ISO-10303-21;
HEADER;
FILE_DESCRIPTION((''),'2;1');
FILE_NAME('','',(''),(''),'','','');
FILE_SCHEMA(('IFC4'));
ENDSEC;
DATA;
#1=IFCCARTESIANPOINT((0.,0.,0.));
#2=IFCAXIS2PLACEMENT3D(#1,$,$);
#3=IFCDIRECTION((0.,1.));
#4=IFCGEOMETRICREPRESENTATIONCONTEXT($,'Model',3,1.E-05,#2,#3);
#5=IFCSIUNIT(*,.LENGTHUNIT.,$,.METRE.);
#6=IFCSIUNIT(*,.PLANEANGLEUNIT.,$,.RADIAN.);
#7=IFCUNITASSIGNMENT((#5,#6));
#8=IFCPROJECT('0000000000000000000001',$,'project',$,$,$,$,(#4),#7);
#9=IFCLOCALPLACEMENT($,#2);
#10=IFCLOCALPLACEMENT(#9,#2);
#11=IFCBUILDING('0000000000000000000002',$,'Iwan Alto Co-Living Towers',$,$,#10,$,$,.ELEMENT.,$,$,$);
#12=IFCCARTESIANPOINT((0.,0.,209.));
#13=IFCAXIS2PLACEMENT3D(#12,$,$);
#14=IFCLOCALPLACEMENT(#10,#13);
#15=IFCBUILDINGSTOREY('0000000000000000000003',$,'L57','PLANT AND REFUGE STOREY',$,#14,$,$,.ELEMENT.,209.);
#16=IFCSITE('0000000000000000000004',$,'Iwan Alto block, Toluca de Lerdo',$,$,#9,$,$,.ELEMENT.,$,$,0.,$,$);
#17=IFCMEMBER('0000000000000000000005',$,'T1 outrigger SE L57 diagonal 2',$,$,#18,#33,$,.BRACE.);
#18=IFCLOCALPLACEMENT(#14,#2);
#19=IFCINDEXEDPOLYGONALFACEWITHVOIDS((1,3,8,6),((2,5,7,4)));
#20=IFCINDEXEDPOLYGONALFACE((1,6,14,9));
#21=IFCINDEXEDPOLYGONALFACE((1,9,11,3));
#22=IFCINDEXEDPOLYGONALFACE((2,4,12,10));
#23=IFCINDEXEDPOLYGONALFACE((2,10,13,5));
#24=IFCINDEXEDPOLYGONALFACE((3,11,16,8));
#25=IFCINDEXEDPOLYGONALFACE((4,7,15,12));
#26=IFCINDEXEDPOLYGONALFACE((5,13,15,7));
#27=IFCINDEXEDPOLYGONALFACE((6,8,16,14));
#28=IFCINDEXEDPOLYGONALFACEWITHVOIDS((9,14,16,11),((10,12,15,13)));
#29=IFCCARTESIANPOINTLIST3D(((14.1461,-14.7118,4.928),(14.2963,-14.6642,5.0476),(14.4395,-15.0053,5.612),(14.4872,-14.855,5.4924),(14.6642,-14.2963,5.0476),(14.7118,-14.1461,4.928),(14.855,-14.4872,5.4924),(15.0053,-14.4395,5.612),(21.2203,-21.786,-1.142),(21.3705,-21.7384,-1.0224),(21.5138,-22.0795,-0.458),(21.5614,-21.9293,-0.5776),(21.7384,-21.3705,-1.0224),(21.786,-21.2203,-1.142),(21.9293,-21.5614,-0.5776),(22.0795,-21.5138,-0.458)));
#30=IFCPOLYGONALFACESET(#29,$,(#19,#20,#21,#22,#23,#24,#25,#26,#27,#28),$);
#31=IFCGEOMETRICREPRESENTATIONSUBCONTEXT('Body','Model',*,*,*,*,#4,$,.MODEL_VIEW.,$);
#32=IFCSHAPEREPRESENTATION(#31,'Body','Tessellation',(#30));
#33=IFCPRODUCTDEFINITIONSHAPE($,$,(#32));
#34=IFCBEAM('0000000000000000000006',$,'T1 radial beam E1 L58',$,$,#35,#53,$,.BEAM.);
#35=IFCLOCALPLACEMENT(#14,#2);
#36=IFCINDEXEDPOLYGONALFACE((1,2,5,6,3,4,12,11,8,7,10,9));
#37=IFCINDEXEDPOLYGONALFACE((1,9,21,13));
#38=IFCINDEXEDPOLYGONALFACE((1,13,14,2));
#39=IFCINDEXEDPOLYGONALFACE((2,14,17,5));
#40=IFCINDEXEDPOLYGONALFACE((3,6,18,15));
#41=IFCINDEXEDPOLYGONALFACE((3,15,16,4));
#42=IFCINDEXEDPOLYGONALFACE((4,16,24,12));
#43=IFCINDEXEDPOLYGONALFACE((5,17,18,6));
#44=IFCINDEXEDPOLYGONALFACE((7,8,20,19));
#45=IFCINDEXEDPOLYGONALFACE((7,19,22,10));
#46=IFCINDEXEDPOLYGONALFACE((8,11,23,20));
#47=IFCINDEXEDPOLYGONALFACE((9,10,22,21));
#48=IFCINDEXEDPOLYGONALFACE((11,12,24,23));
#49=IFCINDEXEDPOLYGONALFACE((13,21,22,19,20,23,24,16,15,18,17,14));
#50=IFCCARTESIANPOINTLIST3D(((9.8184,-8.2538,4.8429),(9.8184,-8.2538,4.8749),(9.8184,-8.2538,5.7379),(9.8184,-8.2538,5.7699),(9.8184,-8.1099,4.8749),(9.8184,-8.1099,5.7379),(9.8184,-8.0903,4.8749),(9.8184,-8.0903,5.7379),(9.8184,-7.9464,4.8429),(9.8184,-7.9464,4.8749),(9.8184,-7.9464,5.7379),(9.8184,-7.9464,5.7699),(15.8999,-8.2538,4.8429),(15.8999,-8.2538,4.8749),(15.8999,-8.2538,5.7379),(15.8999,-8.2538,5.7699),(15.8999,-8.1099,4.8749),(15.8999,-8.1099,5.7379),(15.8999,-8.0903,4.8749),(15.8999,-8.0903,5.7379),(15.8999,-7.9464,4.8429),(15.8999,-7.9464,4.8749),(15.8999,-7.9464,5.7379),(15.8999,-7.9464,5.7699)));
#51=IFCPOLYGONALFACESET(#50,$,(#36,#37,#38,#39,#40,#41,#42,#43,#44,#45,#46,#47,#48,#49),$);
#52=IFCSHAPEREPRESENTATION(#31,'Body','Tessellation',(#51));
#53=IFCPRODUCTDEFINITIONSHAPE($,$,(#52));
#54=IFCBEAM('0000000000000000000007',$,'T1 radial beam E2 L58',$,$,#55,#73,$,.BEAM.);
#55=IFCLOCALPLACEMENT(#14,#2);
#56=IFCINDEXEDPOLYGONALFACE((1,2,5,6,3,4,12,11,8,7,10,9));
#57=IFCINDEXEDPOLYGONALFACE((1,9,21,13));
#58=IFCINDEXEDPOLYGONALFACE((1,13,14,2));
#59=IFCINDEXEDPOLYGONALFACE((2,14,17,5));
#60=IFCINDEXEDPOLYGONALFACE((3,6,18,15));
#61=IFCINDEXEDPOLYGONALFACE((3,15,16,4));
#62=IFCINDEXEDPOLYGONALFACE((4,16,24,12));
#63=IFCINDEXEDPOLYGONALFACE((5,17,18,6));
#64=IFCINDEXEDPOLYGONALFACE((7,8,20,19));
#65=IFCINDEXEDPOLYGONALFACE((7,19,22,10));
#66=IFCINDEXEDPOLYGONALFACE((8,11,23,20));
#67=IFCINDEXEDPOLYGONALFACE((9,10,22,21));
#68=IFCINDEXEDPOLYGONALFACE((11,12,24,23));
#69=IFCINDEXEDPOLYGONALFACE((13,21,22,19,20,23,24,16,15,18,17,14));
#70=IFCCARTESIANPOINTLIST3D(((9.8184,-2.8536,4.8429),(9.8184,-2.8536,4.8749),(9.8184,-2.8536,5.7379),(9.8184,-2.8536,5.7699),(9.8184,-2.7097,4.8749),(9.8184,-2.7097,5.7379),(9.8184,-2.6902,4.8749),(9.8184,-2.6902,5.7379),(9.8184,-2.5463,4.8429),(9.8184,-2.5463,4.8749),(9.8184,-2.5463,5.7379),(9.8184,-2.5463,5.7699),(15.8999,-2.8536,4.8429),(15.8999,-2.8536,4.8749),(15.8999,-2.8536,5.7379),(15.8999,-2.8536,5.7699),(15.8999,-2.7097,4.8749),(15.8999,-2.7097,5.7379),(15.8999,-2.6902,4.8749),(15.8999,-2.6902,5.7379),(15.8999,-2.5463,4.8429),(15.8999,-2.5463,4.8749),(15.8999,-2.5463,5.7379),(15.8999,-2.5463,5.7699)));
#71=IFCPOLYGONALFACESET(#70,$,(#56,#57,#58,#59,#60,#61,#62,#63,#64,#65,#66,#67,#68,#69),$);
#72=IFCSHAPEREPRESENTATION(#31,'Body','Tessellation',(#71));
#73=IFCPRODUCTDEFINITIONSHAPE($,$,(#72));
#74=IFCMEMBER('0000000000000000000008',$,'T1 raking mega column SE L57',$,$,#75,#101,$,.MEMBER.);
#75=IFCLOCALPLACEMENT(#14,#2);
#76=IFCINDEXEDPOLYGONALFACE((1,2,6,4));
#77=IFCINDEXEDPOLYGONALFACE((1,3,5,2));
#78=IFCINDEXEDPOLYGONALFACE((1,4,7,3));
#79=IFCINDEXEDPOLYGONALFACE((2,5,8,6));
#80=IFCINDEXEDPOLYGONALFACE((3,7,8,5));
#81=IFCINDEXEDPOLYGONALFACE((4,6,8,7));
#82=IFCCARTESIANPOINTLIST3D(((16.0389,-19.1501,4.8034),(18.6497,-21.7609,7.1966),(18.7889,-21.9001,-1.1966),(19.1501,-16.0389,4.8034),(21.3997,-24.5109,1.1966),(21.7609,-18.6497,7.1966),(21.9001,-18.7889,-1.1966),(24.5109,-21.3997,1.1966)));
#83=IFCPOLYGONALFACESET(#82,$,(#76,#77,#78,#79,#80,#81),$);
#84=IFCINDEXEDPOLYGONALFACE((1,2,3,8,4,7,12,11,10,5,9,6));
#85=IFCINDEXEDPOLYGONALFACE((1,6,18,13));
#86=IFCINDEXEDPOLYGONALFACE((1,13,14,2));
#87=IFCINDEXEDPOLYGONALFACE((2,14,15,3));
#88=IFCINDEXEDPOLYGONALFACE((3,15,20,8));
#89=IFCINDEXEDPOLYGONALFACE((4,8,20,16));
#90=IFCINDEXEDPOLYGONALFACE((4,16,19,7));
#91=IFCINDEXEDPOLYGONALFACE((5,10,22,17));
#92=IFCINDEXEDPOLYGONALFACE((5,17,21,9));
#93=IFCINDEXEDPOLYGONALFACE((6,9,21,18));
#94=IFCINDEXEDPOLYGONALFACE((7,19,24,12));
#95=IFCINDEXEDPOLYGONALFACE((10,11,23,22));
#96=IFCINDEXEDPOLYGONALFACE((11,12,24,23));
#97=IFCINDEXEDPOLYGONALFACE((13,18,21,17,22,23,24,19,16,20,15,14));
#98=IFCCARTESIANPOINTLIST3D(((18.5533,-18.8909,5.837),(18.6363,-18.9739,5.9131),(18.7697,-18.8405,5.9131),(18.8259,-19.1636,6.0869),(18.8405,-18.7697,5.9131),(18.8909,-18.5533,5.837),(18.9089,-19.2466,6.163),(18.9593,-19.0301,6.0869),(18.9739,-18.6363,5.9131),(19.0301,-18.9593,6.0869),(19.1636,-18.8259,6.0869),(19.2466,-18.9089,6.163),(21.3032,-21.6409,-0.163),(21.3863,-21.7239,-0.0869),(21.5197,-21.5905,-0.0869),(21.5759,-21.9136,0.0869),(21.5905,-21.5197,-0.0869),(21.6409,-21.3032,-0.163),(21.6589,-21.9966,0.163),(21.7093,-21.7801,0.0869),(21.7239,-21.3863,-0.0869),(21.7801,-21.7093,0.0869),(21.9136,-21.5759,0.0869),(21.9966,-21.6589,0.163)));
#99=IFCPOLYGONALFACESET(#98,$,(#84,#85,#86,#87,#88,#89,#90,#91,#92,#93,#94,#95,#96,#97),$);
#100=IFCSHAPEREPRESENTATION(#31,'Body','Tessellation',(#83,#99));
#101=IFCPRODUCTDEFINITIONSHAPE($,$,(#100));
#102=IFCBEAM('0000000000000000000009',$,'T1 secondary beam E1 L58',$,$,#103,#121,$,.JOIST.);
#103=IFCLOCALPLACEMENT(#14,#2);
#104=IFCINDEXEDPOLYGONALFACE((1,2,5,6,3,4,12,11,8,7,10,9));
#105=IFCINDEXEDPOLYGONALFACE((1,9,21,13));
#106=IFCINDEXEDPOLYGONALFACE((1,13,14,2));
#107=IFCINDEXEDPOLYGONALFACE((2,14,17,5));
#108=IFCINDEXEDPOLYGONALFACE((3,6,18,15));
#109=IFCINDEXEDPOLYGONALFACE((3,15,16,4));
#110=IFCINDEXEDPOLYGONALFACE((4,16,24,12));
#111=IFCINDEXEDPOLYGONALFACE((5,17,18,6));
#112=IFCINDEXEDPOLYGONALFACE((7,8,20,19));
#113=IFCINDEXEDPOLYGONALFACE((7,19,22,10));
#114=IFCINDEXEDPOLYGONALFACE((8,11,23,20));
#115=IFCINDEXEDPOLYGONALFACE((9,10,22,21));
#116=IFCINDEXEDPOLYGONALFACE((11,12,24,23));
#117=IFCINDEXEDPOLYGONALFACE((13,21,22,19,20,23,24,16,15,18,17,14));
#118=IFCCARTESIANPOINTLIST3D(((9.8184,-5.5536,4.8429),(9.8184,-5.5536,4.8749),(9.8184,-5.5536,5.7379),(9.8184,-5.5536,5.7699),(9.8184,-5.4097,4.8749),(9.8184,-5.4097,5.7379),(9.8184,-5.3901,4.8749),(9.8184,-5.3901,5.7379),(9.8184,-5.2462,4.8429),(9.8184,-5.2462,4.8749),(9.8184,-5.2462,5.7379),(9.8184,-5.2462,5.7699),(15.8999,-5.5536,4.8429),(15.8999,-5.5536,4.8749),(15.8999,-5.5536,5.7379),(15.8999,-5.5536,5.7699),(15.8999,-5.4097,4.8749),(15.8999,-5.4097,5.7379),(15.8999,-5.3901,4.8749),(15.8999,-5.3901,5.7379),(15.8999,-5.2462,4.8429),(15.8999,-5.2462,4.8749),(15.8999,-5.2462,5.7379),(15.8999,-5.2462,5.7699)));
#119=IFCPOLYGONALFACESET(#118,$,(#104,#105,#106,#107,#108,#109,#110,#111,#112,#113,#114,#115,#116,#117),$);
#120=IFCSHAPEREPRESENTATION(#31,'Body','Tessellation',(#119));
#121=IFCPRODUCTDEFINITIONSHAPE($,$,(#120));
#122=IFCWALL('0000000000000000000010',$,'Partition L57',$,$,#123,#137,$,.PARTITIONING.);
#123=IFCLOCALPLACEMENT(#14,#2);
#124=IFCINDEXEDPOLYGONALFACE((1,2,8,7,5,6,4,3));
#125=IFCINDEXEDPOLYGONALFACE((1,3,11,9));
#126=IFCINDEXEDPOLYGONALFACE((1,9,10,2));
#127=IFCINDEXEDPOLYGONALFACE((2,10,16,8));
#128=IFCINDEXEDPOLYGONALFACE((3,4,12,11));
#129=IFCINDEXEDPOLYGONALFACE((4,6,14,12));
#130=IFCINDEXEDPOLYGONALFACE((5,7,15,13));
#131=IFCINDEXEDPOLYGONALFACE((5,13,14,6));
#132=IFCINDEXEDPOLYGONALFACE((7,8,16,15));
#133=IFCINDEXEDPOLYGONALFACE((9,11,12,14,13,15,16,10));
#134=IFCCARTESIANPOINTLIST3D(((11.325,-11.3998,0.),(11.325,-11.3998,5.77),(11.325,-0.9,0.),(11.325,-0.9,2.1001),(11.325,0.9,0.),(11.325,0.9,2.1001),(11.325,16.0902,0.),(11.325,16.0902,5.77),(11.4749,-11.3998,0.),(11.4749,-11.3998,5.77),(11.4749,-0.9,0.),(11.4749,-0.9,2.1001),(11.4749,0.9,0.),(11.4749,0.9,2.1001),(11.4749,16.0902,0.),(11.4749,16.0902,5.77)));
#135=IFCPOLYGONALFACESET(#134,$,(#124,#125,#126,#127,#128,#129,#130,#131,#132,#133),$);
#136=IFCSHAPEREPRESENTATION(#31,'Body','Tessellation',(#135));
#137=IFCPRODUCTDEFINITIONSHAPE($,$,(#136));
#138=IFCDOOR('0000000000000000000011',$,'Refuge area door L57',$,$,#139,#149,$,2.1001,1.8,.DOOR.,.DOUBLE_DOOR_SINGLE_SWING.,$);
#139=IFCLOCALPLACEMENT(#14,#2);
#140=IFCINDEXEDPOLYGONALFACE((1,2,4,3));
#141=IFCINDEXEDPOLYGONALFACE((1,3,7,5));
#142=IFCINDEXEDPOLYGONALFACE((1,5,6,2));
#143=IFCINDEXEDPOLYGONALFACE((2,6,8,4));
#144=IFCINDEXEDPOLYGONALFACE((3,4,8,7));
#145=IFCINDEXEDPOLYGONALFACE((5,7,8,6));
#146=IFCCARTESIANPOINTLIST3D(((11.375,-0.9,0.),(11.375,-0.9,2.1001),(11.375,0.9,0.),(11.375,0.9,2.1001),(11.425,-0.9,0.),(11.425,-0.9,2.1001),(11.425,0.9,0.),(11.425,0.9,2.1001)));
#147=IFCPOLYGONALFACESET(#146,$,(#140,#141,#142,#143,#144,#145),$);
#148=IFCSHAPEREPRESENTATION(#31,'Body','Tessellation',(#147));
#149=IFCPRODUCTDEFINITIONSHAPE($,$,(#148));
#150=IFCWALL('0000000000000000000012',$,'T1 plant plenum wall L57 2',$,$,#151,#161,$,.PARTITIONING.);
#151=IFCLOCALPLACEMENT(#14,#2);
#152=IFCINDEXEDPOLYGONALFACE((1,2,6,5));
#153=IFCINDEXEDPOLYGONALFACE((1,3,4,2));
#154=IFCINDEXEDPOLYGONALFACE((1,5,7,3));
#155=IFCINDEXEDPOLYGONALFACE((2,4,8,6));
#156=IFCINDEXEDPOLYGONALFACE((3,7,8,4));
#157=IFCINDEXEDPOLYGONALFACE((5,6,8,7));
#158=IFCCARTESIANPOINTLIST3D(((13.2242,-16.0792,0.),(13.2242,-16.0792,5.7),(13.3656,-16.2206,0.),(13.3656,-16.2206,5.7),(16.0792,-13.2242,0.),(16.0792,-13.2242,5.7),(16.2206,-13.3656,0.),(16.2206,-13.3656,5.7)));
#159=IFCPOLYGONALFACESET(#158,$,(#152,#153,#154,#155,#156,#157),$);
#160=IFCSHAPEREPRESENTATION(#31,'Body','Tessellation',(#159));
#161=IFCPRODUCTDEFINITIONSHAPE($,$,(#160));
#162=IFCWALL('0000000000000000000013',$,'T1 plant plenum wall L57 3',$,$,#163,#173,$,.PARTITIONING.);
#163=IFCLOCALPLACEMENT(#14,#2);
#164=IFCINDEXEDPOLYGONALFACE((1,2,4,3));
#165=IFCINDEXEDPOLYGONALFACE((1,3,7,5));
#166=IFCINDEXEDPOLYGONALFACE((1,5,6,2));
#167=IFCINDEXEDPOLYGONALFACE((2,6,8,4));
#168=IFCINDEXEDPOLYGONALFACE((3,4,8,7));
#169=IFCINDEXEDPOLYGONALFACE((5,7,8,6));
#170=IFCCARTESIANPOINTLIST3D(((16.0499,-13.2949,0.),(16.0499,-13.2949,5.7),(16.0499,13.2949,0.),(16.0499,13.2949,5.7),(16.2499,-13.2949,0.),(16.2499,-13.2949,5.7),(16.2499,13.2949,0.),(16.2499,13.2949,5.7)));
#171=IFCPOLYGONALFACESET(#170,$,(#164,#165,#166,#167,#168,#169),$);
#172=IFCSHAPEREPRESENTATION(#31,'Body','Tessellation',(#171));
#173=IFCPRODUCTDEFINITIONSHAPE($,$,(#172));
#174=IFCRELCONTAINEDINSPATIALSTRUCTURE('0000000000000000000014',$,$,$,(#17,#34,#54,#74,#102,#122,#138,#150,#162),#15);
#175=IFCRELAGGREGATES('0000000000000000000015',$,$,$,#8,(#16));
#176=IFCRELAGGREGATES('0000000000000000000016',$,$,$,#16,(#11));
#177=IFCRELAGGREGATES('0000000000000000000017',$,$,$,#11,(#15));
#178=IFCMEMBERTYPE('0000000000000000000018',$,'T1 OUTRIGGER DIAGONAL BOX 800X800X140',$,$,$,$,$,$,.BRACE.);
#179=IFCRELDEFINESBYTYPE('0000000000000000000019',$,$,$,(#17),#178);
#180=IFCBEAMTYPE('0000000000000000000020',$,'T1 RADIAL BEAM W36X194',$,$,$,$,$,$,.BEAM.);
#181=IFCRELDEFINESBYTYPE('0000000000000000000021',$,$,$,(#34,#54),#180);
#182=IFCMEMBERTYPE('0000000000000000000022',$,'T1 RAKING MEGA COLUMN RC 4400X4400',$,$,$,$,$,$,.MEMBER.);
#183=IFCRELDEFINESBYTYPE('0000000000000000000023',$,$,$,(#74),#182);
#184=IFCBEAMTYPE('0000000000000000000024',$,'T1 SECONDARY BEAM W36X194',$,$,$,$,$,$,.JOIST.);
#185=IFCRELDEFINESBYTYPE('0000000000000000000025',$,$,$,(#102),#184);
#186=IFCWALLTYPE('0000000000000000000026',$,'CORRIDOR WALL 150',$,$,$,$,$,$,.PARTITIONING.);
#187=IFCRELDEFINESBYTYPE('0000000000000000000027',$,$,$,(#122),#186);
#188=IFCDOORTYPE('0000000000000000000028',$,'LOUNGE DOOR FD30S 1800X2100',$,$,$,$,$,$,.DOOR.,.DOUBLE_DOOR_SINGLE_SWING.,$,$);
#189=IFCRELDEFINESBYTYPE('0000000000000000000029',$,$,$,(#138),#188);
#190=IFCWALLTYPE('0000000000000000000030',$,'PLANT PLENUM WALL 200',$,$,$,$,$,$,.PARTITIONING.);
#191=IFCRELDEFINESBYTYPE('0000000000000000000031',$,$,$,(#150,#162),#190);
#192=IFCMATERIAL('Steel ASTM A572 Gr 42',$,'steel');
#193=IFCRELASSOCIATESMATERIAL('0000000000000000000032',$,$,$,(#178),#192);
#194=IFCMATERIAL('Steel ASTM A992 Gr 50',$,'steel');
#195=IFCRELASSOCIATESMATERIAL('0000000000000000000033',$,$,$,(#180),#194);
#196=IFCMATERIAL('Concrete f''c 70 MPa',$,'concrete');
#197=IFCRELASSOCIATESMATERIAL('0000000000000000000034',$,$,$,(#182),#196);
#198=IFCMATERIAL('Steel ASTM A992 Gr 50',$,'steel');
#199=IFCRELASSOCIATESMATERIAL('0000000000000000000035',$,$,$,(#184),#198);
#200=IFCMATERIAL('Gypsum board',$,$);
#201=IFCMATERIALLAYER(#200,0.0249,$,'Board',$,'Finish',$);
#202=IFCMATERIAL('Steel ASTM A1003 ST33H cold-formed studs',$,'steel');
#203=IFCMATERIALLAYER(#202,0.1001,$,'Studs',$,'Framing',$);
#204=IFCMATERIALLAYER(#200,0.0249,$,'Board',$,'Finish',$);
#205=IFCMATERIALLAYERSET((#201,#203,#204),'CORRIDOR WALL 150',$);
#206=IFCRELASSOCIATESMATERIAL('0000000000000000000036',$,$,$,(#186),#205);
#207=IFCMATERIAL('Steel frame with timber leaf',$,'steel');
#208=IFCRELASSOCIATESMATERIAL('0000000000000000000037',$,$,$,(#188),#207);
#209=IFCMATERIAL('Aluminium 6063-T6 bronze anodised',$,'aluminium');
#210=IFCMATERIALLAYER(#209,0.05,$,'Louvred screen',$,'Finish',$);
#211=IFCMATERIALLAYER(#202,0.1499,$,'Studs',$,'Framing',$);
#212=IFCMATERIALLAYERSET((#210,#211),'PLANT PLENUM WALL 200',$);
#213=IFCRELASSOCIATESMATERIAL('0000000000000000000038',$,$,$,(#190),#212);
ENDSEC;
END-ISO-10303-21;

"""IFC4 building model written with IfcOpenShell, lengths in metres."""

from ifc_helpers import new_model, si_unit, direction, frame, frame_2d, origin, origin_2d, place, context, subcontext, project, spatial, rectangle, hollow_rectangle, i_section, extrude, material, layer, layer_set, material_profile, profile_set, type_object, element, fill, save


model = new_model("IFC4")

# Units and contexts
model_context = context("Model", 3, precision=1e-05, world=origin(), true_north=direction((0.0, 1.0)))
body_context = subcontext(model_context, "Body", "Model", "MODEL_VIEW")
ifc_project = project(units=[si_unit("LENGTHUNIT", "METRE"), si_unit("PLANEANGLEUNIT", "RADIAN")], contexts=[model_context])

# Site, building, storey
site_placement = place(None, origin())
site = spatial("IfcSite", under=ifc_project, at=site_placement, Name="Iwan Alto block, Toluca de Lerdo", CompositionType="ELEMENT", RefElevation=0.0)
building_placement = place(site_placement, origin())
building = spatial("IfcBuilding", under=site, at=building_placement, Name="Iwan Alto Co-Living Towers", CompositionType="ELEMENT")
storey_placement = place(building_placement, frame((0.0, 0.0, 209.0)))
storey = spatial("IfcBuildingStorey", under=building, at=storey_placement, Name="L57", Description="PLANT AND REFUGE STOREY", CompositionType="ELEMENT", Elevation=209.0)

# Member
ifc_material_1 = material(Name="Steel ASTM A572 Gr 42", Category="steel")
ifc_material_profile_1 = material_profile(ifc_material_1, hollow_rectangle(XDim=0.8, YDim=0.8, WallThickness=0.1399, at=origin_2d()), Name="BOX 800X800X140")
ifc_profile_set_1 = profile_set([ifc_material_profile_1], Name="Steel ASTM A572 Gr 42")
member_type_1 = type_object("IfcMemberType", Name="T1 OUTRIGGER DIAGONAL BOX 800X800X140", PredefinedType="BRACE", material=ifc_profile_set_1)
member_1_placement = place(storey_placement, frame((14.5757, -14.5757, 5.27), z_axis=(0.604535, -0.604535, -0.518724), x_axis=(0.707107, 0.707107, 0.0)))
element("IfcMember", 1, at=member_1_placement, inside=storey, type_object=member_type_1, Name="T1 outrigger SE L57 diagonal 2", PredefinedType="BRACE", context=body_context, shape_type="SweptSolid", body=[
    extrude(hollow_rectangle(XDim=0.8, YDim=0.8, WallThickness=0.1399, at=origin_2d()), origin(), (0.0, 0.0, 1.0), 11.7019),
])

# Beams
ifc_material_2 = material(Name="Steel ASTM A992 Gr 50", Category="steel")
ifc_material_profile_2 = material_profile(ifc_material_2, i_section(OverallWidth=0.3074, OverallDepth=0.927, WebThickness=0.0195, FlangeThickness=0.032, at=origin_2d()), Name="W36X194")
ifc_profile_set_2 = profile_set([ifc_material_profile_2], Name="Steel ASTM A992 Gr 50")
beam_type_1 = type_object("IfcBeamType", Name="T1 RADIAL BEAM W36X194", PredefinedType="BEAM", material=ifc_profile_set_2)
for number, where, z_axis, x_axis, name in (
    (2, (15.8999, -8.1001, 5.3064), (-1.0, 0.0, 0.0), (0.0, -1.0, 0.0), "T1 radial beam E1 L58"),
    (3, (15.8999, -2.7, 5.3064), (-1.0, 0.0, 0.0), (0.0, -1.0, 0.0), "T1 radial beam E2 L58"),
):
    element("IfcBeam", number, at=place(storey_placement, frame(where, z_axis=z_axis, x_axis=x_axis)), inside=storey, type_object=beam_type_1, Name=name, PredefinedType="BEAM", context=body_context, shape_type="SweptSolid", body=[
        extrude(i_section(OverallWidth=0.3074, OverallDepth=0.927, WebThickness=0.0195, FlangeThickness=0.032, at=origin_2d()), origin(), (0.0, 0.0, 1.0), 6.0815),
    ])

# Member
ifc_material_3 = material(Name="Concrete f'c 70 MPa", Category="concrete")
ifc_material_profile_3 = material_profile(ifc_material_3, rectangle(XDim=4.3999, YDim=4.3999, at=origin_2d()), Name="RC 4400X4400")
ifc_profile_set_3 = profile_set([ifc_material_profile_3], Name="Concrete f'c 70 MPa")
member_type_2 = type_object("IfcMemberType", Name="T1 RAKING MEGA COLUMN RC 4400X4400", PredefinedType="MEMBER", material=ifc_profile_set_3)
member_2_placement = place(storey_placement, frame((21.6499, -21.6499, 0.0), z_axis=(-0.384606, 0.384606, 0.83914), x_axis=(-0.707107, -0.707107, 0.0)))
element("IfcMember", 4, at=member_2_placement, inside=storey, type_object=member_type_2, Name="T1 raking mega column SE L57", PredefinedType="MEMBER", context=body_context, shape_type="SweptSolid", body=[
    extrude(rectangle(XDim=4.3999, YDim=4.3999, at=origin_2d()), origin(), (0.0, 0.0, 1.0), 7.1501),
    extrude(i_section(OverallWidth=0.4775, OverallDepth=0.5994, WebThickness=0.1001, FlangeThickness=0.1399, at=origin_2d()), origin(), (0.0, 0.0, 1.0), 7.1501),
])

# Beam
ifc_material_4 = material(Name="Steel ASTM A992 Gr 50", Category="steel")
ifc_material_profile_4 = material_profile(ifc_material_4, i_section(OverallWidth=0.3074, OverallDepth=0.927, WebThickness=0.0195, FlangeThickness=0.032, at=origin_2d()), Name="W36X194")
ifc_profile_set_4 = profile_set([ifc_material_profile_4], Name="Steel ASTM A992 Gr 50")
beam_type_2 = type_object("IfcBeamType", Name="T1 SECONDARY BEAM W36X194", PredefinedType="JOIST", material=ifc_profile_set_4)
beam_1_placement = place(storey_placement, frame((15.8999, -5.3999, 5.3064), z_axis=(-1.0, 0.0, 0.0), x_axis=(0.0, -1.0, 0.0)))
element("IfcBeam", 5, at=beam_1_placement, inside=storey, type_object=beam_type_2, Name="T1 secondary beam E1 L58", PredefinedType="JOIST", context=body_context, shape_type="SweptSolid", body=[
    extrude(i_section(OverallWidth=0.3074, OverallDepth=0.927, WebThickness=0.0195, FlangeThickness=0.032, at=origin_2d()), origin(), (0.0, 0.0, 1.0), 6.0815),
])

# Wall, opening, door
ifc_material_5 = material(Name="Gypsum board")
ifc_layer_1 = layer(ifc_material_5, 0.0249, Name="Board", Category="Finish")
ifc_material_6 = material(Name="Steel ASTM A1003 ST33H cold-formed studs", Category="steel")
ifc_layer_2 = layer(ifc_material_6, 0.1001, Name="Studs", Category="Framing")
ifc_layer_3 = layer(ifc_material_5, 0.0249, Name="Board", Category="Finish")
ifc_layer_set_1 = layer_set([ifc_layer_1, ifc_layer_2, ifc_layer_3], Name="CORRIDOR WALL 150")
wall_type_1 = type_object("IfcWallType", Name="CORRIDOR WALL 150", PredefinedType="PARTITIONING", material=ifc_layer_set_1)
wall_1_placement = place(storey_placement, frame((11.3999, -11.3999, 0.0), z_axis=(0.0, 0.0, 1.0), x_axis=(0.0, 1.0, 0.0)))
wall_1 = element("IfcWall", 6, at=wall_1_placement, inside=storey, type_object=wall_type_1, Name="Partition L57", PredefinedType="PARTITIONING", context=body_context, shape_type="SweptSolid", body=[
    extrude(rectangle(XDim=27.49, YDim=0.1499, at=frame_2d((13.7451, 0.0))), origin(), (0.0, 0.0, 1.0), 5.77),
])
opening_placement = place(wall_1_placement, frame((10.5, 0.0, 0.0)))
opening = element("IfcOpeningElement", 7, at=opening_placement, cuts=wall_1, PredefinedType="OPENING", context=body_context, shape_type="SweptSolid", body=[
    extrude(rectangle(XDim=1.8, YDim=2.1001, at=frame_2d((0.8999, 1.05))), frame((0.0, 0.085, 0.0), z_axis=(0.0, -1.0, 0.0), x_axis=(1.0, 0.0, 0.0)), (0.0, 0.0, 1.0), 0.1699),
])
ifc_material_7 = material(Name="Steel frame with timber leaf", Category="steel")
door_type = type_object("IfcDoorType", Name="LOUNGE DOOR FD30S 1800X2100", OperationType="DOUBLE_DOOR_SINGLE_SWING", PredefinedType="DOOR", material=ifc_material_7)
door_placement = place(opening_placement, origin())
door = element("IfcDoor", 8, at=door_placement, inside=storey, type_object=door_type, Name="Refuge area door L57", OperationType="DOUBLE_DOOR_SINGLE_SWING", OverallHeight=2.1001, OverallWidth=1.8, PredefinedType="DOOR", context=body_context, shape_type="SweptSolid", body=[
    extrude(rectangle(XDim=1.8, YDim=2.1001, at=frame_2d((0.8999, 1.05))), frame((0.0, 0.0249, 0.0), z_axis=(0.0, -1.0, 0.0), x_axis=(1.0, 0.0, 0.0)), (0.0, 0.0, 1.0), 0.05),
])
fill(opening, door)

# Walls
ifc_material_8 = material(Name="Aluminium 6063-T6 bronze anodised", Category="aluminium")
ifc_layer_4 = layer(ifc_material_8, 0.05, Name="Louvred screen", Category="Finish")
ifc_layer_5 = layer(ifc_material_6, 0.1499, Name="Studs", Category="Framing")
ifc_layer_set_2 = layer_set([ifc_layer_4, ifc_layer_5], Name="PLANT PLENUM WALL 200")
wall_type_2 = type_object("IfcWallType", Name="PLANT PLENUM WALL 200", PredefinedType="PARTITIONING", material=ifc_layer_set_2)
wall_2_placement = place(storey_placement, frame((13.2949, -16.1499, 0.0), z_axis=(0.0, 0.0, 1.0), x_axis=(0.707107, 0.707107, 0.0)))
element("IfcWall", 9, at=wall_2_placement, inside=storey, type_object=wall_type_2, Name="T1 plant plenum wall L57 2", PredefinedType="PARTITIONING", context=body_context, shape_type="SweptSolid", body=[
    extrude(rectangle(XDim=4.0376, YDim=0.2, at=frame_2d((2.0188, 0.0))), origin(), (0.0, 0.0, 1.0), 5.7),
])
wall_3_placement = place(storey_placement, frame((16.1499, -13.2949, 0.0), z_axis=(0.0, 0.0, 1.0), x_axis=(0.0, 1.0, 0.0)))
element("IfcWall", 10, at=wall_3_placement, inside=storey, type_object=wall_type_2, Name="T1 plant plenum wall L57 3", PredefinedType="PARTITIONING", context=body_context, shape_type="SweptSolid", body=[
    extrude(rectangle(XDim=26.5898, YDim=0.2, at=frame_2d((13.2949, 0.0))), origin(), (0.0, 0.0, 1.0), 5.7),
])

save(model, "model.ifc")
